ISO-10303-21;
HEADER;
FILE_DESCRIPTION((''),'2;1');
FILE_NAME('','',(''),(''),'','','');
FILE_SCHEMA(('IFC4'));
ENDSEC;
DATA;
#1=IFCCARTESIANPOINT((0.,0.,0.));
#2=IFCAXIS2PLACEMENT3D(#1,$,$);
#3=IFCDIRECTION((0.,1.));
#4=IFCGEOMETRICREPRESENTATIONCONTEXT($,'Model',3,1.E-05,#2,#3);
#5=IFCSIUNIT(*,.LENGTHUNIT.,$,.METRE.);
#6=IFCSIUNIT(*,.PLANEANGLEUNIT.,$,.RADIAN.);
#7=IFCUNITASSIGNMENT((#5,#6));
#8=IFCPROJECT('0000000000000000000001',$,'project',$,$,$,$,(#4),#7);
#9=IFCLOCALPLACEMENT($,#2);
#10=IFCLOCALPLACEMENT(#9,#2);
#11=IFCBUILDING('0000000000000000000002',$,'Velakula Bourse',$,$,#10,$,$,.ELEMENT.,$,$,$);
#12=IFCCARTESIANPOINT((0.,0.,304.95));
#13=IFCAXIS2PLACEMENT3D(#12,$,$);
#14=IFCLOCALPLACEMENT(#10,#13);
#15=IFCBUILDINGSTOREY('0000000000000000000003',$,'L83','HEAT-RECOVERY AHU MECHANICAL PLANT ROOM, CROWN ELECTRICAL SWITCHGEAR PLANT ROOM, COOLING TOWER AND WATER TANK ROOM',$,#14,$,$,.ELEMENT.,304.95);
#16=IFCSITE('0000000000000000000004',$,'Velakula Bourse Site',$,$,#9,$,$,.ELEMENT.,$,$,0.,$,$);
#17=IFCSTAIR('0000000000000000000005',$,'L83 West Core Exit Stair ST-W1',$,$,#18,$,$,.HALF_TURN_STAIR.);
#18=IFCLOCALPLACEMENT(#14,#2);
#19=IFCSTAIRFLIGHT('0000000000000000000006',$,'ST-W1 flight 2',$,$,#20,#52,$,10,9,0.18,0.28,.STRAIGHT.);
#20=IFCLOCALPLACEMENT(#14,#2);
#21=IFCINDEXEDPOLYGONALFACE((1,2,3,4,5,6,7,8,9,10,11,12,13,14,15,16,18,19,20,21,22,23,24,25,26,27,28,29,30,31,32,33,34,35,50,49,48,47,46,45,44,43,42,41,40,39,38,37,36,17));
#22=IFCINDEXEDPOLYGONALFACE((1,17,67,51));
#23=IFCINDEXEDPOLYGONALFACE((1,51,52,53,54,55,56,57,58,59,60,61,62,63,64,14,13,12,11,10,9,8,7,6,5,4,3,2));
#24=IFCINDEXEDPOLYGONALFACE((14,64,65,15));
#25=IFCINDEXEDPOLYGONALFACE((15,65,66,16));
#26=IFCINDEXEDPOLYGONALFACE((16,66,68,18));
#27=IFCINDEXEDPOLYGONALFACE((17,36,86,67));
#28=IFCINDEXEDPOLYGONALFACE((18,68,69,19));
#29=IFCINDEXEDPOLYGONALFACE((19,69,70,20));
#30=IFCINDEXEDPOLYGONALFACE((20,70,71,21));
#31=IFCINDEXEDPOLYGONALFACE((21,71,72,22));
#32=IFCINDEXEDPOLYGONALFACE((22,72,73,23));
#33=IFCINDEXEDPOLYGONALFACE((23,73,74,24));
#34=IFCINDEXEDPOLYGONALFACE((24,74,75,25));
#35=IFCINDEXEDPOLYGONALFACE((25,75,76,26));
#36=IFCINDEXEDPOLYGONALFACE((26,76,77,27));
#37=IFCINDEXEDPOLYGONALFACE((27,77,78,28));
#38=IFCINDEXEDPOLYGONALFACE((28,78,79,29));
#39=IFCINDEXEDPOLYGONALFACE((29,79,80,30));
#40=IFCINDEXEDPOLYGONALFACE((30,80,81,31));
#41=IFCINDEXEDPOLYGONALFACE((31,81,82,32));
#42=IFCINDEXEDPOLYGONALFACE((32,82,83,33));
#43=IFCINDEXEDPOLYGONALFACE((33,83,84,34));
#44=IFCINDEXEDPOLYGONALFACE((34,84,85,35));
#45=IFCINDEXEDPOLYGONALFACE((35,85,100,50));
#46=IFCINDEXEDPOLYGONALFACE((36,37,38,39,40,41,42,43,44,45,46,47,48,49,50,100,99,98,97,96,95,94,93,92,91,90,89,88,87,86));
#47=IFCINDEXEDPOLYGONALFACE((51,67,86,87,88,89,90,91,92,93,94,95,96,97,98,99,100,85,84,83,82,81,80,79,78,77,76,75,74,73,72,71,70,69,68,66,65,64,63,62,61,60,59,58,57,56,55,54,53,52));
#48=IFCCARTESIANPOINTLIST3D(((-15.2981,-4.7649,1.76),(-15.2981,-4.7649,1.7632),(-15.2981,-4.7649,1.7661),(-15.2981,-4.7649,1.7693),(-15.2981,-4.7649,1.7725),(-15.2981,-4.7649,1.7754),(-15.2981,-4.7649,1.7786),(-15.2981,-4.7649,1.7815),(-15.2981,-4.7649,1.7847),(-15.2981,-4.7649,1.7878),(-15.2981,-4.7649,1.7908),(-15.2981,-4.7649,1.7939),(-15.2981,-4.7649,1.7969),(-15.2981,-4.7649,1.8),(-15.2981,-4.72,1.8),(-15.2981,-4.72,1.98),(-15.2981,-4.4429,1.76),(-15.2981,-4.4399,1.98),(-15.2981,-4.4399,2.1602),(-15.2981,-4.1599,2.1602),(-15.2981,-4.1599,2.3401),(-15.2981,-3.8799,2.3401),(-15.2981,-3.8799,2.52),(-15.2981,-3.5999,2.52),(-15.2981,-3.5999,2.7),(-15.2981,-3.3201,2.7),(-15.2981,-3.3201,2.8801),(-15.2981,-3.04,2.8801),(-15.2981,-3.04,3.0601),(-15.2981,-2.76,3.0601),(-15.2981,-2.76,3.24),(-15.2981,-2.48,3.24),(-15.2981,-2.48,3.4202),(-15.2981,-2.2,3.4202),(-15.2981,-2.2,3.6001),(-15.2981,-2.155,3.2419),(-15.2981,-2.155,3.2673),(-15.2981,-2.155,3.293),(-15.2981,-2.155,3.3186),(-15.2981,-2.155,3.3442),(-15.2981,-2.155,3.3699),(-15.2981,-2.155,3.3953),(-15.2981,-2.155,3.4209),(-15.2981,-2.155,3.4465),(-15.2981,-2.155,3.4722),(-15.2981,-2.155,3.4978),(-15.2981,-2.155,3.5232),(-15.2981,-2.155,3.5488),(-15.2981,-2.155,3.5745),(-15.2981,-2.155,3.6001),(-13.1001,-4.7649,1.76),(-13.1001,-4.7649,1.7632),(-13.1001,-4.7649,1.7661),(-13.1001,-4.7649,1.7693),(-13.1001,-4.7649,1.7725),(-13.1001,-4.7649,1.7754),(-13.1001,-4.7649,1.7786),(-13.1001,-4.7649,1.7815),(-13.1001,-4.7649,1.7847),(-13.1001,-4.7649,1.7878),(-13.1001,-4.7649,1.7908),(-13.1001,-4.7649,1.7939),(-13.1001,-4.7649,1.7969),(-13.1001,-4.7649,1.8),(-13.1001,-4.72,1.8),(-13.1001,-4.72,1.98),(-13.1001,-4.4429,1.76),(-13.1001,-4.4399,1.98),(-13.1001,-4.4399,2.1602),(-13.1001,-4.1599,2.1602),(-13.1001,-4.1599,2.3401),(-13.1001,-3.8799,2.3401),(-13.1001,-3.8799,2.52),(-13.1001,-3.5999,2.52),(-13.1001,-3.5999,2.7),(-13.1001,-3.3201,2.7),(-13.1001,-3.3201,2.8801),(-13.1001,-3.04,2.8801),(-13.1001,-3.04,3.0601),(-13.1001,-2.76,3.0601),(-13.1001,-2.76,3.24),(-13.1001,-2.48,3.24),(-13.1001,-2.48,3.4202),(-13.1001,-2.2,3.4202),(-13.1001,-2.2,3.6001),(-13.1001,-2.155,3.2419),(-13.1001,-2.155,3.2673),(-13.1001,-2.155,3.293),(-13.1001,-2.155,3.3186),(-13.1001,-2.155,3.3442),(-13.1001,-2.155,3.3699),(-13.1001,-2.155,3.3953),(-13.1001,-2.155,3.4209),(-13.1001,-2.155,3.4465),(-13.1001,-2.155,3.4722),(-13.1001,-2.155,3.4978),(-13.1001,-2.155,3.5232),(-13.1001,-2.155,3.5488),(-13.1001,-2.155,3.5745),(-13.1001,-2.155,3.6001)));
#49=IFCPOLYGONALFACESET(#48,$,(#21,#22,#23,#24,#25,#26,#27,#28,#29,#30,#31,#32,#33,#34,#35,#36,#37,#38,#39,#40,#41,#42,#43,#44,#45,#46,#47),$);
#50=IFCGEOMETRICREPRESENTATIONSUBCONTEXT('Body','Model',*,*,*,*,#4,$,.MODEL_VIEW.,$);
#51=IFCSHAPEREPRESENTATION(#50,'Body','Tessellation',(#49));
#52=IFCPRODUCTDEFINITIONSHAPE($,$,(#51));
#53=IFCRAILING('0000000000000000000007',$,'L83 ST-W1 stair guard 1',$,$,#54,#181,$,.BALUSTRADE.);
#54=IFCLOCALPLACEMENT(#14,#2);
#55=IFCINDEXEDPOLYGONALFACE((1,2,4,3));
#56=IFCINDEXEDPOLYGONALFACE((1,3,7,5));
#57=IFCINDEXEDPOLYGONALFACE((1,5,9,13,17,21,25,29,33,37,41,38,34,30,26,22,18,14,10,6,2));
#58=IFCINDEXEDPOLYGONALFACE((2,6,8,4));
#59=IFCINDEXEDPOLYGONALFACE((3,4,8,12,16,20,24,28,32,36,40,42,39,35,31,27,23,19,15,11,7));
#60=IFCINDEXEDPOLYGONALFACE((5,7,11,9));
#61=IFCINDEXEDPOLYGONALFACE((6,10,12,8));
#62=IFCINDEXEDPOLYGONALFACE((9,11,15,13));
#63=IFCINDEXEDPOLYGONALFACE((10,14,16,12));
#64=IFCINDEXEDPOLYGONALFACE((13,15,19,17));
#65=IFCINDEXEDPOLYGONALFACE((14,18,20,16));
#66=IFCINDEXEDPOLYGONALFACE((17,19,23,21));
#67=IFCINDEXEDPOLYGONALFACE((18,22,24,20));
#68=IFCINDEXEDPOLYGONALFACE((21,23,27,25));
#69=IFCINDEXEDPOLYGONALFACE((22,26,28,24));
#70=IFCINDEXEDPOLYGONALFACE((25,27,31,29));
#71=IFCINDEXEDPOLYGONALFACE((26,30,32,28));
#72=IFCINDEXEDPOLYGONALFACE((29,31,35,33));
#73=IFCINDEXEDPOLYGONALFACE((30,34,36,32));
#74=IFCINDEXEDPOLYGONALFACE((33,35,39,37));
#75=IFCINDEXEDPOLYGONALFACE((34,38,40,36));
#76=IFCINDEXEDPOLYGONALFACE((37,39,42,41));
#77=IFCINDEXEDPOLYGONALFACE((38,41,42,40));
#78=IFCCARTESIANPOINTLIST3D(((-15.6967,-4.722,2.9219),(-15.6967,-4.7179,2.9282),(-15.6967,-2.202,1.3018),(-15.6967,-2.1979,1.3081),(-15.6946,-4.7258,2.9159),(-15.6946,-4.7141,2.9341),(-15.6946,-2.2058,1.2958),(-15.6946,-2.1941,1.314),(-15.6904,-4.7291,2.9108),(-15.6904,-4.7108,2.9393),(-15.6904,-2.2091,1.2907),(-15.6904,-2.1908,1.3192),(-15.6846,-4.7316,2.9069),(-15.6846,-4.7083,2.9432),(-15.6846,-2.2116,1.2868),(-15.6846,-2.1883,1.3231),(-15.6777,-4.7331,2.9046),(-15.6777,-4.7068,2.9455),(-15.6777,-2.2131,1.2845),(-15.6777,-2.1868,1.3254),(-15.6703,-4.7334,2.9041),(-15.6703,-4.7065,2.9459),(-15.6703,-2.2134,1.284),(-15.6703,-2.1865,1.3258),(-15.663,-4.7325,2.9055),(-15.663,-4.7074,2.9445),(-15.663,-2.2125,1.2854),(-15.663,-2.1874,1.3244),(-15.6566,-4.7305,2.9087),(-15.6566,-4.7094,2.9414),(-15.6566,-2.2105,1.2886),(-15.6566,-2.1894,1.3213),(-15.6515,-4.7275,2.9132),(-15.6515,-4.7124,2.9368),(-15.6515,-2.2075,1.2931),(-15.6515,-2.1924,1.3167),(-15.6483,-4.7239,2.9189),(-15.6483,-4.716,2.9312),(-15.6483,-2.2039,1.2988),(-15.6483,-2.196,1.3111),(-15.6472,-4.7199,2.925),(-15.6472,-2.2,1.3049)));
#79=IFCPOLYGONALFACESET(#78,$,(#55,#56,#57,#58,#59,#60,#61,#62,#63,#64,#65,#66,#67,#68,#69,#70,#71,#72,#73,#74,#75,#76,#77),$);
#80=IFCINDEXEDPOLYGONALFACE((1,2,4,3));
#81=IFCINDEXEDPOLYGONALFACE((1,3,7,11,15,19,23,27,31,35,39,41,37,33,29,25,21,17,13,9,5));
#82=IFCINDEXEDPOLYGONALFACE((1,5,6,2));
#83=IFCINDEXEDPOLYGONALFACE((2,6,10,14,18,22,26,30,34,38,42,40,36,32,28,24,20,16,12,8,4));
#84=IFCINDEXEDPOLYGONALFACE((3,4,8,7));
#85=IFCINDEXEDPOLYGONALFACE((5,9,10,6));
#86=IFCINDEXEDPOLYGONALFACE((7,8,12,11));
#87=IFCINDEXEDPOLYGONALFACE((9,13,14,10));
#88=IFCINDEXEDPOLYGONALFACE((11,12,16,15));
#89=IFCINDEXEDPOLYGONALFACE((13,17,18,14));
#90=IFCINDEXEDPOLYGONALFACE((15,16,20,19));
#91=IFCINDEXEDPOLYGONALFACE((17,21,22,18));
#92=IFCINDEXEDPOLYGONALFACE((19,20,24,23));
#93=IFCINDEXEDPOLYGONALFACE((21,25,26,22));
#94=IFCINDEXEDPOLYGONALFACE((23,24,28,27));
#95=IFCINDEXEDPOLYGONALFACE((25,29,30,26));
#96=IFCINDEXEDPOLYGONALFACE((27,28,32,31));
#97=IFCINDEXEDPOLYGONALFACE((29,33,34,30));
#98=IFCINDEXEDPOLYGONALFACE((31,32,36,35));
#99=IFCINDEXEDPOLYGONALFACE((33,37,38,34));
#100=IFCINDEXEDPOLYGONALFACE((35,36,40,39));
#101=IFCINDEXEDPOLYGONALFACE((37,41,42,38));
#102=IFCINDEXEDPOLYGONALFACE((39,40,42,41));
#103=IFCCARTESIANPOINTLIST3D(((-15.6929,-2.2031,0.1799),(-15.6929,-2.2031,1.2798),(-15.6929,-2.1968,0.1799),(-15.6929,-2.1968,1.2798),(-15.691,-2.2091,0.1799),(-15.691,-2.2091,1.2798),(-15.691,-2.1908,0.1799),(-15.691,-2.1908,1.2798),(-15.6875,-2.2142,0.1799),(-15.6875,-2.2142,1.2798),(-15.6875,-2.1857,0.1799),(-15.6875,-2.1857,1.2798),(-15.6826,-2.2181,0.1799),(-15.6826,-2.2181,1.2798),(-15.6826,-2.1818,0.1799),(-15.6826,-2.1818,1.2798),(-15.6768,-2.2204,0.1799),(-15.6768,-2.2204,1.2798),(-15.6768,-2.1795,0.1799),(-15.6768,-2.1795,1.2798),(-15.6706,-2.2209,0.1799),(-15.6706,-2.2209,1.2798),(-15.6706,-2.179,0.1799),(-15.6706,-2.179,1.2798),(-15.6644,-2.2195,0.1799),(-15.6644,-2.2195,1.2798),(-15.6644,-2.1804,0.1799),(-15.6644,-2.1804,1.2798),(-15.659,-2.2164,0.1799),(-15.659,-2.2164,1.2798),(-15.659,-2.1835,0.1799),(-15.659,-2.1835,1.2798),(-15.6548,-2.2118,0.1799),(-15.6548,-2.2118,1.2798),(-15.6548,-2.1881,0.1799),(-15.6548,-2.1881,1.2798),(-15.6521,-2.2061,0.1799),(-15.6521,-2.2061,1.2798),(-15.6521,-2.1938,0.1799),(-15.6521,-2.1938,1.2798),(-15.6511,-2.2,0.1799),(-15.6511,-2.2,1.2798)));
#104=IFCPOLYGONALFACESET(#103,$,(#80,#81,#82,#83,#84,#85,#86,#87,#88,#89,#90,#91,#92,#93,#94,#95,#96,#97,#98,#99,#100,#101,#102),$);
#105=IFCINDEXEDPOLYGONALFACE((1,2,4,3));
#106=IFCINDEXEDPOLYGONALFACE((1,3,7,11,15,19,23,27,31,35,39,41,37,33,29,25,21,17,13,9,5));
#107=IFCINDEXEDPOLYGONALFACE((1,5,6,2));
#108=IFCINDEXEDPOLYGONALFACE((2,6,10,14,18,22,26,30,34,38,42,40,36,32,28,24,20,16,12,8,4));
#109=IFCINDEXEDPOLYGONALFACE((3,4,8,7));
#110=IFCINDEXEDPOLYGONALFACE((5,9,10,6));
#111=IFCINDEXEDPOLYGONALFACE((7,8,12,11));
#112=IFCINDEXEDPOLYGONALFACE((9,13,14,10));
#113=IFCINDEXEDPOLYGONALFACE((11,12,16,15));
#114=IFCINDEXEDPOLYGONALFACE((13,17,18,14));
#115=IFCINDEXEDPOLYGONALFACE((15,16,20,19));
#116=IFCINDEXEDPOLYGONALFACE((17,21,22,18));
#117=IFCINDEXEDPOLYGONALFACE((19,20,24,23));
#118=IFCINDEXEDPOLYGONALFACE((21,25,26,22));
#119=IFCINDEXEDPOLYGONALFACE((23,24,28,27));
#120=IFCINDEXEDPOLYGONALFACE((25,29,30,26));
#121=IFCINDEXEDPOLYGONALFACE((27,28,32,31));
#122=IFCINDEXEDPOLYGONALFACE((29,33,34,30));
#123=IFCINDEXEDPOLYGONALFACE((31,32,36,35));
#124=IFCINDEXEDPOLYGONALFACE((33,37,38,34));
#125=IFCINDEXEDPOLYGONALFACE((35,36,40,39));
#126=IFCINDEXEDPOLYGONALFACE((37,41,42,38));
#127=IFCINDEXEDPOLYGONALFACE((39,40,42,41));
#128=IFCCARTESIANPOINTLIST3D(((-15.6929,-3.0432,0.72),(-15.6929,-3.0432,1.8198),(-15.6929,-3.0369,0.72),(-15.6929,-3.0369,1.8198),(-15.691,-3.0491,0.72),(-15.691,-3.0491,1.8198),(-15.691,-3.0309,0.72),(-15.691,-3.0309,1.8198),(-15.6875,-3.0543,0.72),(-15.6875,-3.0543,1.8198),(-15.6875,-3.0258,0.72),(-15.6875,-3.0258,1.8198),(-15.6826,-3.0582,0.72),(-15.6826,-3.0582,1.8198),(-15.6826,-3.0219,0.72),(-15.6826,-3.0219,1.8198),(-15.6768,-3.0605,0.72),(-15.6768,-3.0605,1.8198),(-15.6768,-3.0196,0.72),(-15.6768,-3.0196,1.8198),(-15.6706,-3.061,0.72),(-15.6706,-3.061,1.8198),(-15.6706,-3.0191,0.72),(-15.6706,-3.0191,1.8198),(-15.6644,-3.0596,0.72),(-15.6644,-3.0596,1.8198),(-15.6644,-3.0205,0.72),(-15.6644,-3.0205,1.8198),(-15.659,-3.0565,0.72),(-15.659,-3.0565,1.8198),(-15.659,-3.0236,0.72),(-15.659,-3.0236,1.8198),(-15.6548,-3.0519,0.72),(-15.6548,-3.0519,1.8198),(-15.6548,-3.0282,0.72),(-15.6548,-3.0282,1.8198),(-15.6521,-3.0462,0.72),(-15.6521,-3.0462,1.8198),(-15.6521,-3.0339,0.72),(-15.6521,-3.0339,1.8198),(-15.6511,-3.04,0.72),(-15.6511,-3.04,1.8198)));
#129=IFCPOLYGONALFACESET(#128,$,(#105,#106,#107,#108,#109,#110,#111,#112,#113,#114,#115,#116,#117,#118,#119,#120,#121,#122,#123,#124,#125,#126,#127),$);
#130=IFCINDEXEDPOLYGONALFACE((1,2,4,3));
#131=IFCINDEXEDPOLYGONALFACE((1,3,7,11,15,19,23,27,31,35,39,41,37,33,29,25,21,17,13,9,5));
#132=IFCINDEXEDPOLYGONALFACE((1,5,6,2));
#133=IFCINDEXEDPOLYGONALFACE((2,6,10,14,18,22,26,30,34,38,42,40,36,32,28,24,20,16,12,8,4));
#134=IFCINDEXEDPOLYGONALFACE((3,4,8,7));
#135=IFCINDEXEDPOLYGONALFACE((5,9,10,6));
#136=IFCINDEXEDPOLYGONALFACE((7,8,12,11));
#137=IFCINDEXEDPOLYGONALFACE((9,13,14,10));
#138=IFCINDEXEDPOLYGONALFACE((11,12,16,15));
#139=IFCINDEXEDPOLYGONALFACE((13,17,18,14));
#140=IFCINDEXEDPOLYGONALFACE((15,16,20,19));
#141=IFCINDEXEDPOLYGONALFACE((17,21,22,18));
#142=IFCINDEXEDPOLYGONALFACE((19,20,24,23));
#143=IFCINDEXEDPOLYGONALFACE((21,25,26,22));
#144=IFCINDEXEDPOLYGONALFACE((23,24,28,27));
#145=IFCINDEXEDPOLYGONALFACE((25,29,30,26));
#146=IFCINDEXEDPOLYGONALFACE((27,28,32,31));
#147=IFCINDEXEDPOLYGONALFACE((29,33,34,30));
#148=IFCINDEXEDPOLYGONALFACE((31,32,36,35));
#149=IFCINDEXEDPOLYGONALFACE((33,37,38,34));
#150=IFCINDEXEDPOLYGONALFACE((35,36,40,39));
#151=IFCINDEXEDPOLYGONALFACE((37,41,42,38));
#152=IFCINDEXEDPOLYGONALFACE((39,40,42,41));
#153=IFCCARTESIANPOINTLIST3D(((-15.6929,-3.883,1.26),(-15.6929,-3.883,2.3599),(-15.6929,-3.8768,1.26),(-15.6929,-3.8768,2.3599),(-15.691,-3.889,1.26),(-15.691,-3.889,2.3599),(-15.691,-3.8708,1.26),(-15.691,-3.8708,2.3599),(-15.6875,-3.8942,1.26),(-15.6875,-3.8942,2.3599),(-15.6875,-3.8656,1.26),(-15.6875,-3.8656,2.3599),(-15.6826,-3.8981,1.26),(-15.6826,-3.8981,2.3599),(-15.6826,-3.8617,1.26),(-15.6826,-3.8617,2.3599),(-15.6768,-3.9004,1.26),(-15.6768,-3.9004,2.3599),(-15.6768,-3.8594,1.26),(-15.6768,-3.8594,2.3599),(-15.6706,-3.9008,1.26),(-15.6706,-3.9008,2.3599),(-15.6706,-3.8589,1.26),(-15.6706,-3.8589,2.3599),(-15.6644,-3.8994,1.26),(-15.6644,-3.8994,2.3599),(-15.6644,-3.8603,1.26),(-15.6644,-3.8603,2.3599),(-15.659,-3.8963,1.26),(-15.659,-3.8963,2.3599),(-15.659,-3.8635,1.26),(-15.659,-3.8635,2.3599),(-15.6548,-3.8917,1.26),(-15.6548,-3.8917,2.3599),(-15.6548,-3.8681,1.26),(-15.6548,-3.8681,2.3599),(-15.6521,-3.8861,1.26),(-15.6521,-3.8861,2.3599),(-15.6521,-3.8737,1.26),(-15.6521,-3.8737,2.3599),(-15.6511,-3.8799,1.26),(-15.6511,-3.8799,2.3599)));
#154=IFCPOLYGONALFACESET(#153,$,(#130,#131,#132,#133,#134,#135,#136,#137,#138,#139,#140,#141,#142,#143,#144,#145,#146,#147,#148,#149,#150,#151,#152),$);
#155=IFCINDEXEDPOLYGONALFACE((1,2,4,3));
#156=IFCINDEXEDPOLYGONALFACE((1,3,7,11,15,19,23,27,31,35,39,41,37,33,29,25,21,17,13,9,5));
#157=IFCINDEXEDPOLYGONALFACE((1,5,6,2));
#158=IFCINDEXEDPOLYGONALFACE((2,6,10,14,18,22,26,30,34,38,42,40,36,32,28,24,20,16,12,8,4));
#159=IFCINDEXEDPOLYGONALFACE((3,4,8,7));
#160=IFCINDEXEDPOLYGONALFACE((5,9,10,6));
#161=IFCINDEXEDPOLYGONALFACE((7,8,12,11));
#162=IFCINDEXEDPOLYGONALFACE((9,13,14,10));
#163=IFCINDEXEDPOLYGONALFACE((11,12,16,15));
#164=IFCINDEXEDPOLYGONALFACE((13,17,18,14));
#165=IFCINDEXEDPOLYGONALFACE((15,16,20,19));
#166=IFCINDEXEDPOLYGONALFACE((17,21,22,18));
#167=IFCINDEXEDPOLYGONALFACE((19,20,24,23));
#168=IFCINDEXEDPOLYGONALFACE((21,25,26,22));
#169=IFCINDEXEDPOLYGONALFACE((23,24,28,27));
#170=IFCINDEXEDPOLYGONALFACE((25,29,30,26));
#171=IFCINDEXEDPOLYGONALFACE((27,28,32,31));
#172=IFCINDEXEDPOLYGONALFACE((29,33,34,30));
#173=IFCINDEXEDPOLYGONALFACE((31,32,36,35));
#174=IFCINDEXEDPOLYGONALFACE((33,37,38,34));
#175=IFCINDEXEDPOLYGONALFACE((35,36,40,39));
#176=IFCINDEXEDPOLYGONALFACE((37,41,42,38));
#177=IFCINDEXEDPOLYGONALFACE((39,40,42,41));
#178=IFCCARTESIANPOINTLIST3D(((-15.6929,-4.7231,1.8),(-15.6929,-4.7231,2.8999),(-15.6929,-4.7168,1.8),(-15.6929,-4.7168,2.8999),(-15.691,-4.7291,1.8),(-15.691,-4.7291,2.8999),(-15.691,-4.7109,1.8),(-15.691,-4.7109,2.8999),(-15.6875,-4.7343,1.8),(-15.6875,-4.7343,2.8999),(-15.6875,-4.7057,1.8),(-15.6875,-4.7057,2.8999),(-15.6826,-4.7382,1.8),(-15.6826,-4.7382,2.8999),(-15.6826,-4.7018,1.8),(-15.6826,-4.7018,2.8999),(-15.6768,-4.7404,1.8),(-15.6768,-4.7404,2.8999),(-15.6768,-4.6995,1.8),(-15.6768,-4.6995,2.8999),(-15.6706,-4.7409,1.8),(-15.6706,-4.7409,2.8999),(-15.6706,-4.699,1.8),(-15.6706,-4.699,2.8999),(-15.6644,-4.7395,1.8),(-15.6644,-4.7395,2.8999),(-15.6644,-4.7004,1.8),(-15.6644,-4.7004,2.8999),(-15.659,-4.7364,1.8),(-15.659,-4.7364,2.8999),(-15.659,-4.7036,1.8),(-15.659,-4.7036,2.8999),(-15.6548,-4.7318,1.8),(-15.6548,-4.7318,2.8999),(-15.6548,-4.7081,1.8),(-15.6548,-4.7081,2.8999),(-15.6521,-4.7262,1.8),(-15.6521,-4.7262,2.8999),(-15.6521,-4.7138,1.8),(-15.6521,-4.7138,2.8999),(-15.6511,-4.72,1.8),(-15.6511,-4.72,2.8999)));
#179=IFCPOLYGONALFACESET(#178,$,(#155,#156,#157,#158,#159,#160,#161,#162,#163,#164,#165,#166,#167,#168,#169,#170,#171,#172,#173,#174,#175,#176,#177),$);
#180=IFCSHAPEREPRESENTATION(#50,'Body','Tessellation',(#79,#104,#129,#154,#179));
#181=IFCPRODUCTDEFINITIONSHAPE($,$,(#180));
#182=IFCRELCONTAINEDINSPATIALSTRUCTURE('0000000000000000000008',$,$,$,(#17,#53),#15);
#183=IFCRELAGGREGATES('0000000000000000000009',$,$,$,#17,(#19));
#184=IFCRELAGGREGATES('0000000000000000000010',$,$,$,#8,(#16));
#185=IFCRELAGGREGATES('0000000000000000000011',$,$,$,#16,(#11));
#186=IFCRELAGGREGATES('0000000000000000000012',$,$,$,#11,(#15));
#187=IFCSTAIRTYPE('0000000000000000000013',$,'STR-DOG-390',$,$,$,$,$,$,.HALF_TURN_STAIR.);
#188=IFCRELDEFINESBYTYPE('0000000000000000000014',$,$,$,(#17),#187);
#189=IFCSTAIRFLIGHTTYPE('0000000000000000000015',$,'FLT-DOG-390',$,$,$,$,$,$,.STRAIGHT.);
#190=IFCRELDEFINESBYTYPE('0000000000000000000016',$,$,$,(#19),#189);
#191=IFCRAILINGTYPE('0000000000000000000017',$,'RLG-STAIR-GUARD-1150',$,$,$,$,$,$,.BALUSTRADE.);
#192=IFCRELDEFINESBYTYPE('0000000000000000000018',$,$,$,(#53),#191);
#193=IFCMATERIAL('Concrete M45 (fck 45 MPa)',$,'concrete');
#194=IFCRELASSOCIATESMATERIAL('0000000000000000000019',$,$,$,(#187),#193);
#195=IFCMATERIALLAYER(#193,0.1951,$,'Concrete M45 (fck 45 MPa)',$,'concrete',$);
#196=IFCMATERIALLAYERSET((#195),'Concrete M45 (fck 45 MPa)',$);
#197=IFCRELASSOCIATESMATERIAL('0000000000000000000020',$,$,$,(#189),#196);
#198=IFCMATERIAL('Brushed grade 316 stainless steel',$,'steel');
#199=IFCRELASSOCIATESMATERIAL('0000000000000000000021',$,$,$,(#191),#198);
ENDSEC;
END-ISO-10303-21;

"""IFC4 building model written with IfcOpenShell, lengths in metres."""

from ifc_helpers import new_model, si_unit, direction, frame, origin, origin_2d, place, context, subcontext, project, spatial, polyline, circle, outline, extrude, material, layer, layer_set, type_object, element, aggregate, save


model = new_model("IFC4")

# Units and contexts
model_context = context("Model", 3, precision=1e-05, world=origin(), true_north=direction((0.0, 1.0)))
body_context = subcontext(model_context, "Body", "Model", "MODEL_VIEW")
ifc_project = project(units=[si_unit("LENGTHUNIT", "METRE"), si_unit("PLANEANGLEUNIT", "RADIAN")], contexts=[model_context])

# Site, building, storey
site_placement = place(None, origin())
site = spatial("IfcSite", under=ifc_project, at=site_placement, Name="Velakula Bourse Site", CompositionType="ELEMENT", RefElevation=0.0)
building_placement = place(site_placement, origin())
building = spatial("IfcBuilding", under=site, at=building_placement, Name="Velakula Bourse", CompositionType="ELEMENT")
storey_placement = place(building_placement, frame((0.0, 0.0, 304.95)))
storey = spatial("IfcBuildingStorey", under=building, at=storey_placement, Name="L83", Description="HEAT-RECOVERY AHU MECHANICAL PLANT ROOM, CROWN ELECTRICAL SWITCHGEAR PLANT ROOM, COOLING TOWER AND WATER TANK ROOM", CompositionType="ELEMENT", Elevation=304.95)

# Shared definitions
ifc_material_1 = material(Name="Brushed grade 316 stainless steel", Category="steel")

# Stair, stair flight
ifc_material_2 = material(Name="Concrete M45 (fck 45 MPa)", Category="concrete")
stair_type = type_object("IfcStairType", Name="STR-DOG-390", PredefinedType="HALF_TURN_STAIR", material=ifc_material_2)
stair_placement = place(storey_placement, origin())
stair = element("IfcStair", 1, at=stair_placement, inside=storey, type_object=stair_type, Name="L83 West Core Exit Stair ST-W1", PredefinedType="HALF_TURN_STAIR")
ifc_layer_1 = layer(ifc_material_2, 0.1951, Name="Concrete M45 (fck 45 MPa)", Category="concrete")
ifc_layer_set_1 = layer_set([ifc_layer_1], Name="Concrete M45 (fck 45 MPa)")
stair_flight_type = type_object("IfcStairFlightType", Name="FLT-DOG-390", PredefinedType="STRAIGHT", material=ifc_layer_set_1)
stair_flight_1_placement = place(storey_placement, frame((-14.199, -4.72, 1.8), z_axis=(0.0, 0.0, 1.0), x_axis=(0.0, 1.0, 0.0)))
stair_flight_1 = element("IfcStairFlight", 2, at=stair_flight_1_placement, type_object=stair_flight_type, Name="ST-W1 flight 2", NumberOfRisers=10, NumberOfTreads=9, PredefinedType="STRAIGHT", RiserHeight=0.18, TreadLength=0.28, context=body_context, shape_type="SweptSolid", body=[
    extrude(outline(polyline([(-0.0449, -0.04), (-0.0449, -0.0369), (-0.0449, -0.0339), (-0.0449, -0.0308), (-0.0449, -0.0276), (-0.0449, -0.0247), (-0.0449, -0.0215), (-0.0449, -0.0186), (-0.0449, -0.0154), (-0.0449, -0.0122), (-0.0449, -0.0093), (-0.0449, -0.0061), (-0.0449, -0.0032), (-0.0449, 0.0), (0.0, 0.0), (0.0, 0.1799), (0.28, 0.1799), (0.28, 0.3601), (0.5601, 0.3601), (0.5601, 0.54), (0.8401, 0.54), (0.8401, 0.72), (1.1201, 0.72), (1.1201, 0.8999), (1.3999, 0.8999), (1.3999, 1.0801), (1.6799, 1.0801), (1.6799, 1.26), (1.96, 1.26), (1.96, 1.4399), (2.24, 1.4399), (2.24, 1.6201), (2.52, 1.6201), (2.52, 1.8), (2.5649, 1.8), (2.5649, 1.7744), (2.5649, 1.7488), (2.5649, 1.7231), (2.5649, 1.6978), (2.5649, 1.6721), (2.5649, 1.6465), (2.5649, 1.6208), (2.5649, 1.5952), (2.5649, 1.5698), (2.5649, 1.5442), (2.5649, 1.5186), (2.5649, 1.4929), (2.5649, 1.4673), (2.5649, 1.4419), (0.2771, -0.04), (-0.0449, -0.04)])), frame((0.0, 1.0991, 0.0), z_axis=(0.0, -1.0, 0.0), x_axis=(1.0, 0.0, 0.0)), (0.0, 0.0, 1.0), 2.198),
])
aggregate(stair, [stair_flight_1])

# Railing
railing_type_1 = type_object("IfcRailingType", Name="RLG-STAIR-GUARD-1150", PredefinedType="BALUSTRADE", material=ifc_material_1)
railing_1_placement = place(storey_placement, frame((-15.6721, -2.2, 0.1799)))
element("IfcRailing", 3, at=railing_1_placement, inside=storey, type_object=railing_type_1, Name="L83 ST-W1 stair guard 1", PredefinedType="BALUSTRADE", context=body_context, shape_type="SweptSolid", body=[
    extrude(circle(Radius=0.0249, at=origin_2d()), frame((0.0, 0.0, 1.125), z_axis=(0.0, -0.841163, 0.540782), x_axis=(1.0, 0.0, 0.0)), (0.0, 0.0, 1.0), 2.9958),
    extrude(circle(Radius=0.021, at=origin_2d()), origin(), (0.0, 0.0, 1.0), 1.0999),
    extrude(circle(Radius=0.021, at=origin_2d()), frame((0.0, -0.8401, 0.54)), (0.0, 0.0, 1.0), 1.0999),
    extrude(circle(Radius=0.021, at=origin_2d()), frame((0.0, -1.6799, 1.0801)), (0.0, 0.0, 1.0), 1.0999),
    extrude(circle(Radius=0.021, at=origin_2d()), frame((0.0, -2.52, 1.6201)), (0.0, 0.0, 1.0), 1.0999),
])

save(model, "model.ifc")
